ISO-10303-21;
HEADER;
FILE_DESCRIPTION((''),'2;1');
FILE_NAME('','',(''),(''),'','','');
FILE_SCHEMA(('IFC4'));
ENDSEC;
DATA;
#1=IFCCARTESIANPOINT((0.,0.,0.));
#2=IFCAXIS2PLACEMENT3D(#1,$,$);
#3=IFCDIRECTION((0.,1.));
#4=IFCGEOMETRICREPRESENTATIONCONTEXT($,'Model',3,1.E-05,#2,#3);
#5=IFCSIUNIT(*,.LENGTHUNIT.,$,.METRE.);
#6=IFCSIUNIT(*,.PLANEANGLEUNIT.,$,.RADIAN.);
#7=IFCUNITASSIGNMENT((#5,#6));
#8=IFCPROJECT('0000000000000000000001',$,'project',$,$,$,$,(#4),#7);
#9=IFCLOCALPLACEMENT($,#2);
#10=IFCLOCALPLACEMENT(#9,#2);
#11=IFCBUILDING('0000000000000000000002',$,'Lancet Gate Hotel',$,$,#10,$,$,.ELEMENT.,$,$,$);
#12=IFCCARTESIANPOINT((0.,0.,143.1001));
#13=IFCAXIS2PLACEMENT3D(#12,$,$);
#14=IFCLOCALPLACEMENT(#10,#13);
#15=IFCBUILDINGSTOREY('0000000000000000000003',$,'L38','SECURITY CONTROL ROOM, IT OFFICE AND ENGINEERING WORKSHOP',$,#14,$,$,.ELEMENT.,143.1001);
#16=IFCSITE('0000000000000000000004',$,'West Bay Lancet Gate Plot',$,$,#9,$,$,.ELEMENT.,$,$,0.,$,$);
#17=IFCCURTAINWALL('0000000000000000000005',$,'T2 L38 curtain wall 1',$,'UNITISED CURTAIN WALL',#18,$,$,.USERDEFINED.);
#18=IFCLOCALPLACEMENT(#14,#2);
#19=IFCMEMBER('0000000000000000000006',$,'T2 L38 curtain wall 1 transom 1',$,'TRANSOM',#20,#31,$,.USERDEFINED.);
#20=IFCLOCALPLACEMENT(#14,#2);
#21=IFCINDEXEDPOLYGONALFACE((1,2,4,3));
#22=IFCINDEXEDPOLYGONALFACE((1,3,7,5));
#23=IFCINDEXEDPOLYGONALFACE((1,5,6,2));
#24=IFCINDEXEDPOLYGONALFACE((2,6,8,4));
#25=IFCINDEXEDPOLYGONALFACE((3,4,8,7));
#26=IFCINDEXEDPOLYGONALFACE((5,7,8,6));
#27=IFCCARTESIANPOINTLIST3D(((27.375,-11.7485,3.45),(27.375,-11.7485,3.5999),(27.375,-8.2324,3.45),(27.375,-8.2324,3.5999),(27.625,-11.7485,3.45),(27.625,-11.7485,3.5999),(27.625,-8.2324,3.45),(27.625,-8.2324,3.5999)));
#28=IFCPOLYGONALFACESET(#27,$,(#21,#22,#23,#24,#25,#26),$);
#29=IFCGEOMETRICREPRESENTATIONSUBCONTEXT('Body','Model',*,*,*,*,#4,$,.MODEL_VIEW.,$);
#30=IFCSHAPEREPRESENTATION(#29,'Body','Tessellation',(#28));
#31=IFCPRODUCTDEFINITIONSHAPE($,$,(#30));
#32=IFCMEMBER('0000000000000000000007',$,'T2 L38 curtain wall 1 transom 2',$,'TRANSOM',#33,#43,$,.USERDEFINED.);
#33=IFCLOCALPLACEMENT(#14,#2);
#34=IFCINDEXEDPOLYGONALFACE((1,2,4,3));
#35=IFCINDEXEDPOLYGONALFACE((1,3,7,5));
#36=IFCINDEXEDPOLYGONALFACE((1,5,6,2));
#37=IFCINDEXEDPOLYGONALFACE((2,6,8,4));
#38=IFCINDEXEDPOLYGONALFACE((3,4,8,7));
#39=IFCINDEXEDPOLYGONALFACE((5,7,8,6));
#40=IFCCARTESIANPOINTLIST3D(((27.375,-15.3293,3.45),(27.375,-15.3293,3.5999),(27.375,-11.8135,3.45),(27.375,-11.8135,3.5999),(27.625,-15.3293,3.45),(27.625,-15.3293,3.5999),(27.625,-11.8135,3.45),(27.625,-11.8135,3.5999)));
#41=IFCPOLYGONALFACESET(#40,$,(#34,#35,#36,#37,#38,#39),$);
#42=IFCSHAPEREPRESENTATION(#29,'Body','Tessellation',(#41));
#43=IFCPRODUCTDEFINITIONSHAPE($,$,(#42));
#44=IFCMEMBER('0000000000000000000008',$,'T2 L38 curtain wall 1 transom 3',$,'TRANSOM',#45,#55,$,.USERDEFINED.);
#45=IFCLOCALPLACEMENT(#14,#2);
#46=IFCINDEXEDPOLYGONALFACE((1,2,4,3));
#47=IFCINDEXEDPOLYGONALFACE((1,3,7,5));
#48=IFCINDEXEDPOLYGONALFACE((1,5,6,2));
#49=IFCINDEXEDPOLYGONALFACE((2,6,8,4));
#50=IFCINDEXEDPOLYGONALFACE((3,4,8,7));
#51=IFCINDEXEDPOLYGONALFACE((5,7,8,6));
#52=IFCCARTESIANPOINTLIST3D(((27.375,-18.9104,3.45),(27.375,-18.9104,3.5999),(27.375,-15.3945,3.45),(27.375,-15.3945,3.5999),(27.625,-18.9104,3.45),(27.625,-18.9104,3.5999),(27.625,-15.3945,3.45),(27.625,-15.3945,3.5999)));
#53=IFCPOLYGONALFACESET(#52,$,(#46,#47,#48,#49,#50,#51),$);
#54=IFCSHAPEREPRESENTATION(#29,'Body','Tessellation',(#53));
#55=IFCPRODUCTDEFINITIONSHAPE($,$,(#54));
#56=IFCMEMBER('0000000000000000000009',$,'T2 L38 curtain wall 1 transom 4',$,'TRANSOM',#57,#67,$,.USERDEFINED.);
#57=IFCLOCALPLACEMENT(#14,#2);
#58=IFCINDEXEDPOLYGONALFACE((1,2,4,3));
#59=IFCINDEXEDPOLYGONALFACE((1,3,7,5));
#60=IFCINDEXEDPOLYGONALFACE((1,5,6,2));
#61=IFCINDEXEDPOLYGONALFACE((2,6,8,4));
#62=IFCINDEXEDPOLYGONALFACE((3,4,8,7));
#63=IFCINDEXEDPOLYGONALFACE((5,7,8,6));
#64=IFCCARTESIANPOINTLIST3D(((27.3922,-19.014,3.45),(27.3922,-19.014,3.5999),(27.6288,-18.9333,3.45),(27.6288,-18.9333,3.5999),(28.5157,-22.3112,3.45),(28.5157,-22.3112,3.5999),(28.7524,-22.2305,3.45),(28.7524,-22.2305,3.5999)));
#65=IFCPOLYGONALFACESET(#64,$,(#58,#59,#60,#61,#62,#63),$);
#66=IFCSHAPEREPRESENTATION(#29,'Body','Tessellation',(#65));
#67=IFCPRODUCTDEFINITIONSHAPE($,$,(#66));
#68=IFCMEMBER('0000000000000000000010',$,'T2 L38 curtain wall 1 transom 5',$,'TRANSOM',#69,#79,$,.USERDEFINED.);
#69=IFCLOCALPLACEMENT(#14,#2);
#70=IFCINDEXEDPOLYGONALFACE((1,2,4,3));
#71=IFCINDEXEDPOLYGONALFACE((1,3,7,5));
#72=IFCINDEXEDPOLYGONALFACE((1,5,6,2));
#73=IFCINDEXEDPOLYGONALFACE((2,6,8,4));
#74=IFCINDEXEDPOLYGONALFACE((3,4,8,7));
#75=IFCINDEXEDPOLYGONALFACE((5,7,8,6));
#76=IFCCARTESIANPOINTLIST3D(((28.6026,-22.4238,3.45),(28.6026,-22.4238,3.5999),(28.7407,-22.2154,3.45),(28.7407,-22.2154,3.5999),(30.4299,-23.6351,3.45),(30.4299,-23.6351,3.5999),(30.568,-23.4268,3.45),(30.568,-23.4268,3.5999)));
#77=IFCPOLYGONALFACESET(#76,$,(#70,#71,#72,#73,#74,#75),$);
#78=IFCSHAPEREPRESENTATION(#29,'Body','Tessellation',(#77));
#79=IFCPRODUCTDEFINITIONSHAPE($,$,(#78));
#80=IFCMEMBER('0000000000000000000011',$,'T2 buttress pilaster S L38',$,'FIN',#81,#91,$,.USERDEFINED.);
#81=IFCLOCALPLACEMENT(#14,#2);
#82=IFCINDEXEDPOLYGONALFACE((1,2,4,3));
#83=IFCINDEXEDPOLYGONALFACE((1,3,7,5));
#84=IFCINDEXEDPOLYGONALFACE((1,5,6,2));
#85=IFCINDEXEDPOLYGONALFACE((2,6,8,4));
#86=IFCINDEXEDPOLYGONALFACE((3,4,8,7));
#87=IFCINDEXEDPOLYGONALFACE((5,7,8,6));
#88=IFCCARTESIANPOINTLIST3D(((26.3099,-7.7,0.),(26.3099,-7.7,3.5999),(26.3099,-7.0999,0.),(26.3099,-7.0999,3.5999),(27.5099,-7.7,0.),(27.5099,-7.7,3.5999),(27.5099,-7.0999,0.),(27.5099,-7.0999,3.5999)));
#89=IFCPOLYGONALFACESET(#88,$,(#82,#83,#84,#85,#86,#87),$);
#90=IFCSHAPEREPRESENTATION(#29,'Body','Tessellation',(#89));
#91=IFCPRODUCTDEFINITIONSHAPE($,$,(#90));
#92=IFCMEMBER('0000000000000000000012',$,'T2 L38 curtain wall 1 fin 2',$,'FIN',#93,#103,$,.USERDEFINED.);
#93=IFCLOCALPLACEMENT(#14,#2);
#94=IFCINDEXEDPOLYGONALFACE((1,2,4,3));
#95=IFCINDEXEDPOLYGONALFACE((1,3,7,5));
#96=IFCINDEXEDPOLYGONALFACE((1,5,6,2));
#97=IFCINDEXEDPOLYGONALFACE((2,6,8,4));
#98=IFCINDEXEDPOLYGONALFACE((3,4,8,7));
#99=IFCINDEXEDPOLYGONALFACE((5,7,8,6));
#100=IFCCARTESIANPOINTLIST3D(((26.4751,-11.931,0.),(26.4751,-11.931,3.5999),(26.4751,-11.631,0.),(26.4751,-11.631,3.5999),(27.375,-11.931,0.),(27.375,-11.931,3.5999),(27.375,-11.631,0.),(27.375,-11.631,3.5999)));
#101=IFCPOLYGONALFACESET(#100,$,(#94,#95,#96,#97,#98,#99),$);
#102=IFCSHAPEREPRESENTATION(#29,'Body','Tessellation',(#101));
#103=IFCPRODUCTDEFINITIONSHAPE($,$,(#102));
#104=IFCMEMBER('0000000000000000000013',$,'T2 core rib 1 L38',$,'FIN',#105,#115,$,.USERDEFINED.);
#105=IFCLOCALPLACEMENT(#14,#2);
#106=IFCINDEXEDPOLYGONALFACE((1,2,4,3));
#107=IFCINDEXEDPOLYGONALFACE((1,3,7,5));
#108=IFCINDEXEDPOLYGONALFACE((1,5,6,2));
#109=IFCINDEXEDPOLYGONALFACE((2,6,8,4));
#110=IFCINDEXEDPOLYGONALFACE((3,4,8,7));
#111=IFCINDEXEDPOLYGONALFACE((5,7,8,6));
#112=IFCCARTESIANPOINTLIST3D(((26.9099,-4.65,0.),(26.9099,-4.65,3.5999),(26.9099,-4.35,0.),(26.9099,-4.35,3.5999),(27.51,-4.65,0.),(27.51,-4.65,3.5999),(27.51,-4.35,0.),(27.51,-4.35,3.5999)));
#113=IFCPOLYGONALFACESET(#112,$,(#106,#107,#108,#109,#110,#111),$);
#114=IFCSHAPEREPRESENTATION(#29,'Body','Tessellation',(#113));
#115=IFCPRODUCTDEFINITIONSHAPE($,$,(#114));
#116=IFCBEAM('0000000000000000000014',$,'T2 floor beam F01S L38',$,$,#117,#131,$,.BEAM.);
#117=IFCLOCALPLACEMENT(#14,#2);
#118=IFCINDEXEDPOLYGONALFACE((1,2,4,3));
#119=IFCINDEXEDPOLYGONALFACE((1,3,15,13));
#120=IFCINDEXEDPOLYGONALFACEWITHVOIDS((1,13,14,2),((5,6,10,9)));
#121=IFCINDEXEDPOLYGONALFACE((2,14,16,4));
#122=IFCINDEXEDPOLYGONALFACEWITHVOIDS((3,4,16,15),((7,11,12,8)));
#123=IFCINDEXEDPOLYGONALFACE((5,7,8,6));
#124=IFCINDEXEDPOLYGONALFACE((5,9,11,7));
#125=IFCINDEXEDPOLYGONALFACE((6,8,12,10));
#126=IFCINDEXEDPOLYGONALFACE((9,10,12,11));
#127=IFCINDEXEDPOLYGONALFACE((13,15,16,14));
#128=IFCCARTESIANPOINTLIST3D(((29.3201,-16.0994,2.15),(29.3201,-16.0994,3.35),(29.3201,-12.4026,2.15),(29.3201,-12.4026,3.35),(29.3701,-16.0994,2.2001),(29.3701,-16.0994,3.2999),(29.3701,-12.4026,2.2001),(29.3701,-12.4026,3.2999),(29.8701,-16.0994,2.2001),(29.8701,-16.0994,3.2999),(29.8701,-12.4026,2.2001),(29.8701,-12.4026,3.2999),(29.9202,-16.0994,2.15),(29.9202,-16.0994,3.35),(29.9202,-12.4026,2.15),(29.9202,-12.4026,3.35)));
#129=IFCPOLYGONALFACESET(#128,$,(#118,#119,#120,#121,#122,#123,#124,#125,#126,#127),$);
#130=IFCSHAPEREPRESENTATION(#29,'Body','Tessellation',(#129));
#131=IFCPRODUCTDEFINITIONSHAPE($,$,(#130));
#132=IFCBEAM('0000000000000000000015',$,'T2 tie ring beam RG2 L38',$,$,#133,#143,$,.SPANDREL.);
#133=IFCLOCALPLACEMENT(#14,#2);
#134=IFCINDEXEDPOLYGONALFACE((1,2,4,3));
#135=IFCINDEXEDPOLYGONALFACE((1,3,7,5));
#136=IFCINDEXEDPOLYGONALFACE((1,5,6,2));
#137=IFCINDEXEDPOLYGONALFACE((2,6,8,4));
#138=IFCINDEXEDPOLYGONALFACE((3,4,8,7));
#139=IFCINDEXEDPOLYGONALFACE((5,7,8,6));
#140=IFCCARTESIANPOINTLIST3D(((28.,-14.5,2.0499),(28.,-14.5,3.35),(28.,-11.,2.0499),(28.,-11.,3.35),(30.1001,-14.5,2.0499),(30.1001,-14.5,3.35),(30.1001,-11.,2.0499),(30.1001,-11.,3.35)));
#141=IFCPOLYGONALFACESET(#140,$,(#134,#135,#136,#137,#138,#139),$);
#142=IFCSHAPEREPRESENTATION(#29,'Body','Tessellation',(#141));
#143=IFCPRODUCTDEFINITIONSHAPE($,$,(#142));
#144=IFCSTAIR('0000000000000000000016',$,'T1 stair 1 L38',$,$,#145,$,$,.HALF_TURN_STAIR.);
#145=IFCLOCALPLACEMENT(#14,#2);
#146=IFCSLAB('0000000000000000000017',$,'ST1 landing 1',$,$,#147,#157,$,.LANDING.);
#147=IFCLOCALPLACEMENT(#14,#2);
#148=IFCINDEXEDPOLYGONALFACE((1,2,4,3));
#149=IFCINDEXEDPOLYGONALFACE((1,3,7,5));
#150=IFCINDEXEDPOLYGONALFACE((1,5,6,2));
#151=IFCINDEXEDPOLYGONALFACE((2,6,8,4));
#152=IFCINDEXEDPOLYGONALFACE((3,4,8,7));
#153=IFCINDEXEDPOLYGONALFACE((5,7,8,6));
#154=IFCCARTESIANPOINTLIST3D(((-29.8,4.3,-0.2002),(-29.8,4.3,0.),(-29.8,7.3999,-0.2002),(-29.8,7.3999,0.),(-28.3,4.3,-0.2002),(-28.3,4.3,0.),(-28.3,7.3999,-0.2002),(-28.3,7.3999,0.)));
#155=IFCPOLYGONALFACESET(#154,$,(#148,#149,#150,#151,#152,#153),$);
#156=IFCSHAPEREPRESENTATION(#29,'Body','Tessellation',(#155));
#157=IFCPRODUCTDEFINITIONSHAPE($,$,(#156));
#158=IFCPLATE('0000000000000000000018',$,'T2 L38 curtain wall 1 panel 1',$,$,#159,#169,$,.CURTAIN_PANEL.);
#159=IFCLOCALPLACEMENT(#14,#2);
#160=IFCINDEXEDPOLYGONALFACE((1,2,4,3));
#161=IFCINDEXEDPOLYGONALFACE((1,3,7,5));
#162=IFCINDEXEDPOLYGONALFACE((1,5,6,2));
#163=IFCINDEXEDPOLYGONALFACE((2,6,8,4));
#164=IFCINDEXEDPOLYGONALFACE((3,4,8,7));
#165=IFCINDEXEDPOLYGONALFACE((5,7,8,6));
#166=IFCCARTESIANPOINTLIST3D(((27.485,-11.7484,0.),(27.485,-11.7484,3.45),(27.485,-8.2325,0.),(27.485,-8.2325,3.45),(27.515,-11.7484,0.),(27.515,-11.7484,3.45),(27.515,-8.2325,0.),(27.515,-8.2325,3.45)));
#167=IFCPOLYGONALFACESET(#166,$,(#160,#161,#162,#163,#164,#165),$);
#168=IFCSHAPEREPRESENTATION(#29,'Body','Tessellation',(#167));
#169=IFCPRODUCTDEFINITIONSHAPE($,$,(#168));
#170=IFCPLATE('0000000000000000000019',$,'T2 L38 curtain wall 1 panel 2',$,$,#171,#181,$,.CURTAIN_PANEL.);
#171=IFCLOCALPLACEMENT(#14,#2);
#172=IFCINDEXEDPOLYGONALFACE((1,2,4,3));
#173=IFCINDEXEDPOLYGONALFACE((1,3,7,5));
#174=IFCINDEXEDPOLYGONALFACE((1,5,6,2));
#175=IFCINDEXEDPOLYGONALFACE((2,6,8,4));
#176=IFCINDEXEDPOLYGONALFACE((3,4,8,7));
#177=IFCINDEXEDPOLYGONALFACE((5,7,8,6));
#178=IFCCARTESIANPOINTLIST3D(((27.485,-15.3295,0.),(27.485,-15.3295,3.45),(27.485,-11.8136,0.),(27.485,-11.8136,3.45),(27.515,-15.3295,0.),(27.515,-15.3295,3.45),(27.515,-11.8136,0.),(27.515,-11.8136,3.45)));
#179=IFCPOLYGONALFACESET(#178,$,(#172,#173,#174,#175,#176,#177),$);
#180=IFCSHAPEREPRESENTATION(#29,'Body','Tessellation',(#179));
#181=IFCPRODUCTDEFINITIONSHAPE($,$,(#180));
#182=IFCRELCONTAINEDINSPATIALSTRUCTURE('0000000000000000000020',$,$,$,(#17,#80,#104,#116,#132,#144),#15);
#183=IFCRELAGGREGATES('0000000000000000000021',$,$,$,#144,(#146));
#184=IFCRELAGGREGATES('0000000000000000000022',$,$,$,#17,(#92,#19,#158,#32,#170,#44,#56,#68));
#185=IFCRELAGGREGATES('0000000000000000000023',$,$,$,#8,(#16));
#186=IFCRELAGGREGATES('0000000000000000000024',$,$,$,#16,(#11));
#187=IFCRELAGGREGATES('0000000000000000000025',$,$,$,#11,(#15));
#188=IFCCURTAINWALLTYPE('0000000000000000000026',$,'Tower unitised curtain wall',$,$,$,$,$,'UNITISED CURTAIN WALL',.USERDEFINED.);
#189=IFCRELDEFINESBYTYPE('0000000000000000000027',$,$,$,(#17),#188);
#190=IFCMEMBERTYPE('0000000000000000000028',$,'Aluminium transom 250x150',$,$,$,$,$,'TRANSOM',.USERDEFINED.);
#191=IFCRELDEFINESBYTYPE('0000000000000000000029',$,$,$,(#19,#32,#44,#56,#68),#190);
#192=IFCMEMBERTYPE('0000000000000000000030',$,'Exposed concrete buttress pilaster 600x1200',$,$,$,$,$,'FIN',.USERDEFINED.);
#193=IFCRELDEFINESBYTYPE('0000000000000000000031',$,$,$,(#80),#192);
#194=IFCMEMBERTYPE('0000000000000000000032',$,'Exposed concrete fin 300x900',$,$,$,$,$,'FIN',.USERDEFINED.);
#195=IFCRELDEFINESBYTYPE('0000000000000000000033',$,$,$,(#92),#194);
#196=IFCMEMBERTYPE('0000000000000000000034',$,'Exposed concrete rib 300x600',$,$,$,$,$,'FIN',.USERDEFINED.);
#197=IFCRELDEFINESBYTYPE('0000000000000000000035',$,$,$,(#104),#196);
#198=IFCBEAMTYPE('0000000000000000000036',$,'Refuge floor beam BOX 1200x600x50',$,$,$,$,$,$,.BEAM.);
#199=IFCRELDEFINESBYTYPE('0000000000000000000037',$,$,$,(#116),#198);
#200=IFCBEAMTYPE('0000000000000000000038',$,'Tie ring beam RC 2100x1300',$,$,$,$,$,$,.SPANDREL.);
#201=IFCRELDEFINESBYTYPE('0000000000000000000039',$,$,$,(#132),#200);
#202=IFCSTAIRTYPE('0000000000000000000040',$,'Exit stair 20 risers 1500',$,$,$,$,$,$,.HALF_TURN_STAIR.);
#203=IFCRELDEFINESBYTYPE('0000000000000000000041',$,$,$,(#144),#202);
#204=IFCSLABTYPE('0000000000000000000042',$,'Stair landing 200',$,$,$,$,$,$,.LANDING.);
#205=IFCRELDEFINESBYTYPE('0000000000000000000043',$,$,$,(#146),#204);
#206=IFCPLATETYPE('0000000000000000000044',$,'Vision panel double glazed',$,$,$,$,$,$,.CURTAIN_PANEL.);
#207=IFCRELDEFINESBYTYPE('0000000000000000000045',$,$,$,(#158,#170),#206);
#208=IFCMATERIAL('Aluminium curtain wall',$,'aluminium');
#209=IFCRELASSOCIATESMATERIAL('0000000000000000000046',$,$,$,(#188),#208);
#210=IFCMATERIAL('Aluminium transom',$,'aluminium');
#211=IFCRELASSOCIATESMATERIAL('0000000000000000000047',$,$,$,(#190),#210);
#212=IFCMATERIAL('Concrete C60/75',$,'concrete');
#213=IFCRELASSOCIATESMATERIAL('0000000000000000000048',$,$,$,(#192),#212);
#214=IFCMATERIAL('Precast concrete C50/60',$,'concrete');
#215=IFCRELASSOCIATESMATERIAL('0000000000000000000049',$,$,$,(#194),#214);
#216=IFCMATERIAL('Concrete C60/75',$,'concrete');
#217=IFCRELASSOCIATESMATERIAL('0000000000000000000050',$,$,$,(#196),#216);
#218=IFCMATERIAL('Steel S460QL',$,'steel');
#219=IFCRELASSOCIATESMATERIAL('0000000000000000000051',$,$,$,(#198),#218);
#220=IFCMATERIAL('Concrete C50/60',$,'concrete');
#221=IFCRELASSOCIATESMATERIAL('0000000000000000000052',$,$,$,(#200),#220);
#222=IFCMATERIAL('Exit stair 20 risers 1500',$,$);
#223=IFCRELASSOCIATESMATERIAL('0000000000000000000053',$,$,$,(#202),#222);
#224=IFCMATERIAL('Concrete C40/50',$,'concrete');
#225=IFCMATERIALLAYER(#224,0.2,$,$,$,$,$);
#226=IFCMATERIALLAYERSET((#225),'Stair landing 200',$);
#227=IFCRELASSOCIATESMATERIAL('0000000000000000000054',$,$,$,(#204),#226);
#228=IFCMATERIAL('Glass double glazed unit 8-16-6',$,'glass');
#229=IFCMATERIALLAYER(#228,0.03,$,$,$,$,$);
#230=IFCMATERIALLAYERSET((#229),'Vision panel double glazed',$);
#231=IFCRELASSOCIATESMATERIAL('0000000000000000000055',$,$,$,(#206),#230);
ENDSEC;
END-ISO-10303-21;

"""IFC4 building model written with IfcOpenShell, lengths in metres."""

from ifc_helpers import new_model, si_unit, direction, frame, origin, origin_2d, place, context, subcontext, project, spatial, polyline, rectangle, hollow_rectangle, outline, extrude, material, layer, layer_set, material_profile, profile_set, type_object, element, aggregate, save


model = new_model("IFC4")

# Units and contexts
model_context = context("Model", 3, precision=1e-05, world=origin(), true_north=direction((0.0, 1.0)))
body_context = subcontext(model_context, "Body", "Model", "MODEL_VIEW")
ifc_project = project(units=[si_unit("LENGTHUNIT", "METRE"), si_unit("PLANEANGLEUNIT", "RADIAN")], contexts=[model_context])

# Site, building, storey
site_placement = place(None, origin())
site = spatial("IfcSite", under=ifc_project, at=site_placement, Name="West Bay Lancet Gate Plot", CompositionType="ELEMENT", RefElevation=0.0)
building_placement = place(site_placement, origin())
building = spatial("IfcBuilding", under=site, at=building_placement, Name="Lancet Gate Hotel", CompositionType="ELEMENT")
storey_placement = place(building_placement, frame((0.0, 0.0, 143.1001)))
storey = spatial("IfcBuildingStorey", under=building, at=storey_placement, Name="L38", Description="SECURITY CONTROL ROOM, IT OFFICE AND ENGINEERING WORKSHOP", CompositionType="ELEMENT", Elevation=143.1001)

# Curtain wall, members
ifc_material_1 = material(Name="Aluminium curtain wall", Category="aluminium")
curtain_wall_type = type_object("IfcCurtainWallType", Name="Tower unitised curtain wall", ElementType="UNITISED CURTAIN WALL", PredefinedType="USERDEFINED", material=ifc_material_1)
curtain_wall_placement = place(storey_placement, origin())
curtain_wall = element("IfcCurtainWall", 1, at=curtain_wall_placement, inside=storey, type_object=curtain_wall_type, Name="T2 L38 curtain wall 1", ObjectType="UNITISED CURTAIN WALL", PredefinedType="USERDEFINED")
ifc_material_2 = material(Name="Aluminium transom", Category="aluminium")
ifc_material_profile_1 = material_profile(ifc_material_2, rectangle(XDim=0.25, YDim=0.1499, at=origin_2d()), Name="TRANSOM 250x150")
ifc_profile_set_1 = profile_set([ifc_material_profile_1], Name="Aluminium transom")
member_type_1 = type_object("IfcMemberType", Name="Aluminium transom 250x150", ElementType="TRANSOM", PredefinedType="USERDEFINED", material=ifc_profile_set_1)
member_1_placement = place(storey_placement, frame((27.5, -8.2324, 3.5249), z_axis=(0.0, -1.0, 0.0), x_axis=(1.0, 0.0, 0.0)))
member_1 = element("IfcMember", 2, at=member_1_placement, type_object=member_type_1, Name="T2 L38 curtain wall 1 transom 1", ObjectType="TRANSOM", PredefinedType="USERDEFINED", context=body_context, shape_type="SweptSolid", body=[
    extrude(rectangle(XDim=0.25, YDim=0.1499, at=origin_2d()), origin(), (0.0, 0.0, 1.0), 3.5161),
])
member_2_placement = place(storey_placement, frame((27.5, -11.8135, 3.5249), z_axis=(0.0, -1.0, 0.0), x_axis=(1.0, 0.0, 0.0)))
member_2 = element("IfcMember", 3, at=member_2_placement, type_object=member_type_1, Name="T2 L38 curtain wall 1 transom 2", ObjectType="TRANSOM", PredefinedType="USERDEFINED", context=body_context, shape_type="SweptSolid", body=[
    extrude(rectangle(XDim=0.25, YDim=0.1499, at=origin_2d()), origin(), (0.0, 0.0, 1.0), 3.5159),
])
member_3_placement = place(storey_placement, frame((27.5, -15.3945, 3.5249), z_axis=(0.0, -1.0, 0.0), x_axis=(1.0, 0.0, 0.0)))
member_3 = element("IfcMember", 4, at=member_3_placement, type_object=member_type_1, Name="T2 L38 curtain wall 1 transom 3", ObjectType="TRANSOM", PredefinedType="USERDEFINED", context=body_context, shape_type="SweptSolid", body=[
    extrude(rectangle(XDim=0.25, YDim=0.1499, at=origin_2d()), origin(), (0.0, 0.0, 1.0), 3.5159),
])
member_4_placement = place(storey_placement, frame((27.5105, -18.9736, 3.5249), z_axis=(0.32255, -0.946553, 0.0), x_axis=(0.946553, 0.32255, 0.0)))
member_4 = element("IfcMember", 5, at=member_4_placement, type_object=member_type_1, Name="T2 L38 curtain wall 1 transom 4", ObjectType="TRANSOM", PredefinedType="USERDEFINED", context=body_context, shape_type="SweptSolid", body=[
    extrude(rectangle(XDim=0.25, YDim=0.1499, at=origin_2d()), origin(), (0.0, 0.0, 1.0), 3.4834),
])
member_5_placement = place(storey_placement, frame((28.6716, -22.3196, 3.5249), z_axis=(0.833487, -0.55254, 0.0), x_axis=(0.55254, 0.833487, 0.0)))
member_5 = element("IfcMember", 6, at=member_5_placement, type_object=member_type_1, Name="T2 L38 curtain wall 1 transom 5", ObjectType="TRANSOM", PredefinedType="USERDEFINED", context=body_context, shape_type="SweptSolid", body=[
    extrude(rectangle(XDim=0.25, YDim=0.1499, at=origin_2d()), origin(), (0.0, 0.0, 1.0), 2.1924),
])

# Members
ifc_material_3 = material(Name="Concrete C60/75", Category="concrete")
ifc_material_profile_2 = material_profile(ifc_material_3, rectangle(XDim=0.6001, YDim=1.2, at=origin_2d()), Name="FIN 600x1200")
ifc_profile_set_2 = profile_set([ifc_material_profile_2], Name="Concrete C60/75")
member_type_2 = type_object("IfcMemberType", Name="Exposed concrete buttress pilaster 600x1200", ElementType="FIN", PredefinedType="USERDEFINED", material=ifc_profile_set_2)
member_6_placement = place(storey_placement, frame((26.9099, -7.3999, 0.0), z_axis=(0.0, 0.0, 1.0), x_axis=(0.0, 1.0, 0.0)))
element("IfcMember", 7, at=member_6_placement, inside=storey, type_object=member_type_2, Name="T2 buttress pilaster S L38", ObjectType="FIN", PredefinedType="USERDEFINED", context=body_context, shape_type="SweptSolid", body=[
    extrude(rectangle(XDim=0.6001, YDim=1.2, at=origin_2d()), origin(), (0.0, 0.0, 1.0), 3.5999),
])
ifc_material_4 = material(Name="Precast concrete C50/60", Category="concrete")
ifc_material_profile_3 = material_profile(ifc_material_4, rectangle(XDim=0.3, YDim=0.8999, at=origin_2d()), Name="FIN 300x900")
ifc_profile_set_3 = profile_set([ifc_material_profile_3], Name="Precast concrete C50/60")
member_type_3 = type_object("IfcMemberType", Name="Exposed concrete fin 300x900", ElementType="FIN", PredefinedType="USERDEFINED", material=ifc_profile_set_3)
member_7_placement = place(storey_placement, frame((26.925, -11.781, 0.0), z_axis=(0.0, 0.0, 1.0), x_axis=(0.0, -1.0, 0.0)))
member_7 = element("IfcMember", 8, at=member_7_placement, type_object=member_type_3, Name="T2 L38 curtain wall 1 fin 2", ObjectType="FIN", PredefinedType="USERDEFINED", context=body_context, shape_type="SweptSolid", body=[
    extrude(rectangle(XDim=0.3, YDim=0.8999, at=origin_2d()), origin(), (0.0, 0.0, 1.0), 3.5999),
])
ifc_material_5 = material(Name="Concrete C60/75", Category="concrete")
ifc_material_profile_4 = material_profile(ifc_material_5, rectangle(XDim=0.3, YDim=0.6001, at=origin_2d()), Name="FIN 300x600")
ifc_profile_set_4 = profile_set([ifc_material_profile_4], Name="Concrete C60/75")
member_type_4 = type_object("IfcMemberType", Name="Exposed concrete rib 300x600", ElementType="FIN", PredefinedType="USERDEFINED", material=ifc_profile_set_4)
member_8_placement = place(storey_placement, frame((27.21, -4.5, 0.0), z_axis=(0.0, 0.0, 1.0), x_axis=(0.0, 1.0, 0.0)))
element("IfcMember", 9, at=member_8_placement, inside=storey, type_object=member_type_4, Name="T2 core rib 1 L38", ObjectType="FIN", PredefinedType="USERDEFINED", context=body_context, shape_type="SweptSolid", body=[
    extrude(rectangle(XDim=0.3, YDim=0.6001, at=origin_2d()), origin(), (0.0, 0.0, 1.0), 3.5999),
])

# Beams
ifc_material_6 = material(Name="Steel S460QL", Category="steel")
ifc_material_profile_5 = material_profile(ifc_material_6, hollow_rectangle(XDim=0.6001, YDim=1.2, WallThickness=0.05, at=origin_2d()), Name="BOX 1200x600x50")
ifc_profile_set_5 = profile_set([ifc_material_profile_5], Name="Steel S460QL")
beam_type_1 = type_object("IfcBeamType", Name="Refuge floor beam BOX 1200x600x50", PredefinedType="BEAM", material=ifc_profile_set_5)
beam_1_placement = place(storey_placement, frame((29.6201, -16.0994, 2.75), z_axis=(0.0, 1.0, 0.0), x_axis=(-1.0, 0.0, 0.0)))
element("IfcBeam", 10, at=beam_1_placement, inside=storey, type_object=beam_type_1, Name="T2 floor beam F01S L38", PredefinedType="BEAM", context=body_context, shape_type="SweptSolid", body=[
    extrude(hollow_rectangle(XDim=0.6001, YDim=1.2, WallThickness=0.05, at=origin_2d()), origin(), (0.0, 0.0, 1.0), 3.6968),
])
ifc_material_7 = material(Name="Concrete C50/60", Category="concrete")
ifc_material_profile_6 = material_profile(ifc_material_7, rectangle(XDim=2.1001, YDim=1.3, at=origin_2d()), Name="RC 2100x1300")
ifc_profile_set_6 = profile_set([ifc_material_profile_6], Name="Concrete C50/60")
beam_type_2 = type_object("IfcBeamType", Name="Tie ring beam RC 2100x1300", PredefinedType="SPANDREL", material=ifc_profile_set_6)
beam_2_placement = place(storey_placement, frame((29.05, -14.5, 2.7), z_axis=(0.0, 1.0, 0.0), x_axis=(-1.0, 0.0, 0.0)))
element("IfcBeam", 11, at=beam_2_placement, inside=storey, type_object=beam_type_2, Name="T2 tie ring beam RG2 L38", PredefinedType="SPANDREL", context=body_context, shape_type="SweptSolid", body=[
    extrude(rectangle(XDim=2.1001, YDim=1.3, at=origin_2d()), origin(), (0.0, 0.0, 1.0), 3.5),
])

# Stair, slab
ifc_material_8 = material(Name="Exit stair 20 risers 1500")
stair_type = type_object("IfcStairType", Name="Exit stair 20 risers 1500", PredefinedType="HALF_TURN_STAIR", material=ifc_material_8)
stair_placement = place(storey_placement, origin())
stair = element("IfcStair", 12, at=stair_placement, inside=storey, type_object=stair_type, Name="T1 stair 1 L38", PredefinedType="HALF_TURN_STAIR")
ifc_material_9 = material(Name="Concrete C40/50", Category="concrete")
ifc_layer_1 = layer(ifc_material_9, 0.2)
ifc_layer_set_1 = layer_set([ifc_layer_1], Name="Stair landing 200")
slab_type = type_object("IfcSlabType", Name="Stair landing 200", PredefinedType="LANDING", material=ifc_layer_set_1)
slab_placement = place(storey_placement, frame((0.0, 0.0, -0.2002)))
slab = element("IfcSlab", 13, at=slab_placement, type_object=slab_type, Name="ST1 landing 1", PredefinedType="LANDING", context=body_context, shape_type="SweptSolid", body=[
    extrude(outline(polyline([(-28.3, 7.3999), (-29.8, 7.3999), (-29.8, 4.3), (-28.3, 4.3), (-28.3, 7.3999)])), origin(), (0.0, 0.0, 1.0), 0.2002),
])
aggregate(stair, [slab])

# Plates
ifc_material_10 = material(Name="Glass double glazed unit 8-16-6", Category="glass")
ifc_layer_2 = layer(ifc_material_10, 0.03)
ifc_layer_set_2 = layer_set([ifc_layer_2], Name="Vision panel double glazed")
plate_type = type_object("IfcPlateType", Name="Vision panel double glazed", PredefinedType="CURTAIN_PANEL", material=ifc_layer_set_2)
plate_1_placement = place(storey_placement, frame((27.5, -9.9905, 0.0), z_axis=(0.0, 0.0, 1.0), x_axis=(0.0, -1.0, 0.0)))
plate_1 = element("IfcPlate", 14, at=plate_1_placement, type_object=plate_type, Name="T2 L38 curtain wall 1 panel 1", PredefinedType="CURTAIN_PANEL", context=body_context, shape_type="SweptSolid", body=[
    extrude(rectangle(XDim=3.5159, YDim=0.03, at=origin_2d()), origin(), (0.0, 0.0, 1.0), 3.45),
])
plate_2_placement = place(storey_placement, frame((27.5, -13.5715, 0.0), z_axis=(0.0, 0.0, 1.0), x_axis=(0.0, -1.0, 0.0)))
plate_2 = element("IfcPlate", 15, at=plate_2_placement, type_object=plate_type, Name="T2 L38 curtain wall 1 panel 2", PredefinedType="CURTAIN_PANEL", context=body_context, shape_type="SweptSolid", body=[
    extrude(rectangle(XDim=3.5159, YDim=0.03, at=origin_2d()), origin(), (0.0, 0.0, 1.0), 3.45),
])
aggregate(curtain_wall, [member_7, member_1, plate_1, member_2, plate_2, member_3, member_4, member_5])

save(model, "model.ifc")
